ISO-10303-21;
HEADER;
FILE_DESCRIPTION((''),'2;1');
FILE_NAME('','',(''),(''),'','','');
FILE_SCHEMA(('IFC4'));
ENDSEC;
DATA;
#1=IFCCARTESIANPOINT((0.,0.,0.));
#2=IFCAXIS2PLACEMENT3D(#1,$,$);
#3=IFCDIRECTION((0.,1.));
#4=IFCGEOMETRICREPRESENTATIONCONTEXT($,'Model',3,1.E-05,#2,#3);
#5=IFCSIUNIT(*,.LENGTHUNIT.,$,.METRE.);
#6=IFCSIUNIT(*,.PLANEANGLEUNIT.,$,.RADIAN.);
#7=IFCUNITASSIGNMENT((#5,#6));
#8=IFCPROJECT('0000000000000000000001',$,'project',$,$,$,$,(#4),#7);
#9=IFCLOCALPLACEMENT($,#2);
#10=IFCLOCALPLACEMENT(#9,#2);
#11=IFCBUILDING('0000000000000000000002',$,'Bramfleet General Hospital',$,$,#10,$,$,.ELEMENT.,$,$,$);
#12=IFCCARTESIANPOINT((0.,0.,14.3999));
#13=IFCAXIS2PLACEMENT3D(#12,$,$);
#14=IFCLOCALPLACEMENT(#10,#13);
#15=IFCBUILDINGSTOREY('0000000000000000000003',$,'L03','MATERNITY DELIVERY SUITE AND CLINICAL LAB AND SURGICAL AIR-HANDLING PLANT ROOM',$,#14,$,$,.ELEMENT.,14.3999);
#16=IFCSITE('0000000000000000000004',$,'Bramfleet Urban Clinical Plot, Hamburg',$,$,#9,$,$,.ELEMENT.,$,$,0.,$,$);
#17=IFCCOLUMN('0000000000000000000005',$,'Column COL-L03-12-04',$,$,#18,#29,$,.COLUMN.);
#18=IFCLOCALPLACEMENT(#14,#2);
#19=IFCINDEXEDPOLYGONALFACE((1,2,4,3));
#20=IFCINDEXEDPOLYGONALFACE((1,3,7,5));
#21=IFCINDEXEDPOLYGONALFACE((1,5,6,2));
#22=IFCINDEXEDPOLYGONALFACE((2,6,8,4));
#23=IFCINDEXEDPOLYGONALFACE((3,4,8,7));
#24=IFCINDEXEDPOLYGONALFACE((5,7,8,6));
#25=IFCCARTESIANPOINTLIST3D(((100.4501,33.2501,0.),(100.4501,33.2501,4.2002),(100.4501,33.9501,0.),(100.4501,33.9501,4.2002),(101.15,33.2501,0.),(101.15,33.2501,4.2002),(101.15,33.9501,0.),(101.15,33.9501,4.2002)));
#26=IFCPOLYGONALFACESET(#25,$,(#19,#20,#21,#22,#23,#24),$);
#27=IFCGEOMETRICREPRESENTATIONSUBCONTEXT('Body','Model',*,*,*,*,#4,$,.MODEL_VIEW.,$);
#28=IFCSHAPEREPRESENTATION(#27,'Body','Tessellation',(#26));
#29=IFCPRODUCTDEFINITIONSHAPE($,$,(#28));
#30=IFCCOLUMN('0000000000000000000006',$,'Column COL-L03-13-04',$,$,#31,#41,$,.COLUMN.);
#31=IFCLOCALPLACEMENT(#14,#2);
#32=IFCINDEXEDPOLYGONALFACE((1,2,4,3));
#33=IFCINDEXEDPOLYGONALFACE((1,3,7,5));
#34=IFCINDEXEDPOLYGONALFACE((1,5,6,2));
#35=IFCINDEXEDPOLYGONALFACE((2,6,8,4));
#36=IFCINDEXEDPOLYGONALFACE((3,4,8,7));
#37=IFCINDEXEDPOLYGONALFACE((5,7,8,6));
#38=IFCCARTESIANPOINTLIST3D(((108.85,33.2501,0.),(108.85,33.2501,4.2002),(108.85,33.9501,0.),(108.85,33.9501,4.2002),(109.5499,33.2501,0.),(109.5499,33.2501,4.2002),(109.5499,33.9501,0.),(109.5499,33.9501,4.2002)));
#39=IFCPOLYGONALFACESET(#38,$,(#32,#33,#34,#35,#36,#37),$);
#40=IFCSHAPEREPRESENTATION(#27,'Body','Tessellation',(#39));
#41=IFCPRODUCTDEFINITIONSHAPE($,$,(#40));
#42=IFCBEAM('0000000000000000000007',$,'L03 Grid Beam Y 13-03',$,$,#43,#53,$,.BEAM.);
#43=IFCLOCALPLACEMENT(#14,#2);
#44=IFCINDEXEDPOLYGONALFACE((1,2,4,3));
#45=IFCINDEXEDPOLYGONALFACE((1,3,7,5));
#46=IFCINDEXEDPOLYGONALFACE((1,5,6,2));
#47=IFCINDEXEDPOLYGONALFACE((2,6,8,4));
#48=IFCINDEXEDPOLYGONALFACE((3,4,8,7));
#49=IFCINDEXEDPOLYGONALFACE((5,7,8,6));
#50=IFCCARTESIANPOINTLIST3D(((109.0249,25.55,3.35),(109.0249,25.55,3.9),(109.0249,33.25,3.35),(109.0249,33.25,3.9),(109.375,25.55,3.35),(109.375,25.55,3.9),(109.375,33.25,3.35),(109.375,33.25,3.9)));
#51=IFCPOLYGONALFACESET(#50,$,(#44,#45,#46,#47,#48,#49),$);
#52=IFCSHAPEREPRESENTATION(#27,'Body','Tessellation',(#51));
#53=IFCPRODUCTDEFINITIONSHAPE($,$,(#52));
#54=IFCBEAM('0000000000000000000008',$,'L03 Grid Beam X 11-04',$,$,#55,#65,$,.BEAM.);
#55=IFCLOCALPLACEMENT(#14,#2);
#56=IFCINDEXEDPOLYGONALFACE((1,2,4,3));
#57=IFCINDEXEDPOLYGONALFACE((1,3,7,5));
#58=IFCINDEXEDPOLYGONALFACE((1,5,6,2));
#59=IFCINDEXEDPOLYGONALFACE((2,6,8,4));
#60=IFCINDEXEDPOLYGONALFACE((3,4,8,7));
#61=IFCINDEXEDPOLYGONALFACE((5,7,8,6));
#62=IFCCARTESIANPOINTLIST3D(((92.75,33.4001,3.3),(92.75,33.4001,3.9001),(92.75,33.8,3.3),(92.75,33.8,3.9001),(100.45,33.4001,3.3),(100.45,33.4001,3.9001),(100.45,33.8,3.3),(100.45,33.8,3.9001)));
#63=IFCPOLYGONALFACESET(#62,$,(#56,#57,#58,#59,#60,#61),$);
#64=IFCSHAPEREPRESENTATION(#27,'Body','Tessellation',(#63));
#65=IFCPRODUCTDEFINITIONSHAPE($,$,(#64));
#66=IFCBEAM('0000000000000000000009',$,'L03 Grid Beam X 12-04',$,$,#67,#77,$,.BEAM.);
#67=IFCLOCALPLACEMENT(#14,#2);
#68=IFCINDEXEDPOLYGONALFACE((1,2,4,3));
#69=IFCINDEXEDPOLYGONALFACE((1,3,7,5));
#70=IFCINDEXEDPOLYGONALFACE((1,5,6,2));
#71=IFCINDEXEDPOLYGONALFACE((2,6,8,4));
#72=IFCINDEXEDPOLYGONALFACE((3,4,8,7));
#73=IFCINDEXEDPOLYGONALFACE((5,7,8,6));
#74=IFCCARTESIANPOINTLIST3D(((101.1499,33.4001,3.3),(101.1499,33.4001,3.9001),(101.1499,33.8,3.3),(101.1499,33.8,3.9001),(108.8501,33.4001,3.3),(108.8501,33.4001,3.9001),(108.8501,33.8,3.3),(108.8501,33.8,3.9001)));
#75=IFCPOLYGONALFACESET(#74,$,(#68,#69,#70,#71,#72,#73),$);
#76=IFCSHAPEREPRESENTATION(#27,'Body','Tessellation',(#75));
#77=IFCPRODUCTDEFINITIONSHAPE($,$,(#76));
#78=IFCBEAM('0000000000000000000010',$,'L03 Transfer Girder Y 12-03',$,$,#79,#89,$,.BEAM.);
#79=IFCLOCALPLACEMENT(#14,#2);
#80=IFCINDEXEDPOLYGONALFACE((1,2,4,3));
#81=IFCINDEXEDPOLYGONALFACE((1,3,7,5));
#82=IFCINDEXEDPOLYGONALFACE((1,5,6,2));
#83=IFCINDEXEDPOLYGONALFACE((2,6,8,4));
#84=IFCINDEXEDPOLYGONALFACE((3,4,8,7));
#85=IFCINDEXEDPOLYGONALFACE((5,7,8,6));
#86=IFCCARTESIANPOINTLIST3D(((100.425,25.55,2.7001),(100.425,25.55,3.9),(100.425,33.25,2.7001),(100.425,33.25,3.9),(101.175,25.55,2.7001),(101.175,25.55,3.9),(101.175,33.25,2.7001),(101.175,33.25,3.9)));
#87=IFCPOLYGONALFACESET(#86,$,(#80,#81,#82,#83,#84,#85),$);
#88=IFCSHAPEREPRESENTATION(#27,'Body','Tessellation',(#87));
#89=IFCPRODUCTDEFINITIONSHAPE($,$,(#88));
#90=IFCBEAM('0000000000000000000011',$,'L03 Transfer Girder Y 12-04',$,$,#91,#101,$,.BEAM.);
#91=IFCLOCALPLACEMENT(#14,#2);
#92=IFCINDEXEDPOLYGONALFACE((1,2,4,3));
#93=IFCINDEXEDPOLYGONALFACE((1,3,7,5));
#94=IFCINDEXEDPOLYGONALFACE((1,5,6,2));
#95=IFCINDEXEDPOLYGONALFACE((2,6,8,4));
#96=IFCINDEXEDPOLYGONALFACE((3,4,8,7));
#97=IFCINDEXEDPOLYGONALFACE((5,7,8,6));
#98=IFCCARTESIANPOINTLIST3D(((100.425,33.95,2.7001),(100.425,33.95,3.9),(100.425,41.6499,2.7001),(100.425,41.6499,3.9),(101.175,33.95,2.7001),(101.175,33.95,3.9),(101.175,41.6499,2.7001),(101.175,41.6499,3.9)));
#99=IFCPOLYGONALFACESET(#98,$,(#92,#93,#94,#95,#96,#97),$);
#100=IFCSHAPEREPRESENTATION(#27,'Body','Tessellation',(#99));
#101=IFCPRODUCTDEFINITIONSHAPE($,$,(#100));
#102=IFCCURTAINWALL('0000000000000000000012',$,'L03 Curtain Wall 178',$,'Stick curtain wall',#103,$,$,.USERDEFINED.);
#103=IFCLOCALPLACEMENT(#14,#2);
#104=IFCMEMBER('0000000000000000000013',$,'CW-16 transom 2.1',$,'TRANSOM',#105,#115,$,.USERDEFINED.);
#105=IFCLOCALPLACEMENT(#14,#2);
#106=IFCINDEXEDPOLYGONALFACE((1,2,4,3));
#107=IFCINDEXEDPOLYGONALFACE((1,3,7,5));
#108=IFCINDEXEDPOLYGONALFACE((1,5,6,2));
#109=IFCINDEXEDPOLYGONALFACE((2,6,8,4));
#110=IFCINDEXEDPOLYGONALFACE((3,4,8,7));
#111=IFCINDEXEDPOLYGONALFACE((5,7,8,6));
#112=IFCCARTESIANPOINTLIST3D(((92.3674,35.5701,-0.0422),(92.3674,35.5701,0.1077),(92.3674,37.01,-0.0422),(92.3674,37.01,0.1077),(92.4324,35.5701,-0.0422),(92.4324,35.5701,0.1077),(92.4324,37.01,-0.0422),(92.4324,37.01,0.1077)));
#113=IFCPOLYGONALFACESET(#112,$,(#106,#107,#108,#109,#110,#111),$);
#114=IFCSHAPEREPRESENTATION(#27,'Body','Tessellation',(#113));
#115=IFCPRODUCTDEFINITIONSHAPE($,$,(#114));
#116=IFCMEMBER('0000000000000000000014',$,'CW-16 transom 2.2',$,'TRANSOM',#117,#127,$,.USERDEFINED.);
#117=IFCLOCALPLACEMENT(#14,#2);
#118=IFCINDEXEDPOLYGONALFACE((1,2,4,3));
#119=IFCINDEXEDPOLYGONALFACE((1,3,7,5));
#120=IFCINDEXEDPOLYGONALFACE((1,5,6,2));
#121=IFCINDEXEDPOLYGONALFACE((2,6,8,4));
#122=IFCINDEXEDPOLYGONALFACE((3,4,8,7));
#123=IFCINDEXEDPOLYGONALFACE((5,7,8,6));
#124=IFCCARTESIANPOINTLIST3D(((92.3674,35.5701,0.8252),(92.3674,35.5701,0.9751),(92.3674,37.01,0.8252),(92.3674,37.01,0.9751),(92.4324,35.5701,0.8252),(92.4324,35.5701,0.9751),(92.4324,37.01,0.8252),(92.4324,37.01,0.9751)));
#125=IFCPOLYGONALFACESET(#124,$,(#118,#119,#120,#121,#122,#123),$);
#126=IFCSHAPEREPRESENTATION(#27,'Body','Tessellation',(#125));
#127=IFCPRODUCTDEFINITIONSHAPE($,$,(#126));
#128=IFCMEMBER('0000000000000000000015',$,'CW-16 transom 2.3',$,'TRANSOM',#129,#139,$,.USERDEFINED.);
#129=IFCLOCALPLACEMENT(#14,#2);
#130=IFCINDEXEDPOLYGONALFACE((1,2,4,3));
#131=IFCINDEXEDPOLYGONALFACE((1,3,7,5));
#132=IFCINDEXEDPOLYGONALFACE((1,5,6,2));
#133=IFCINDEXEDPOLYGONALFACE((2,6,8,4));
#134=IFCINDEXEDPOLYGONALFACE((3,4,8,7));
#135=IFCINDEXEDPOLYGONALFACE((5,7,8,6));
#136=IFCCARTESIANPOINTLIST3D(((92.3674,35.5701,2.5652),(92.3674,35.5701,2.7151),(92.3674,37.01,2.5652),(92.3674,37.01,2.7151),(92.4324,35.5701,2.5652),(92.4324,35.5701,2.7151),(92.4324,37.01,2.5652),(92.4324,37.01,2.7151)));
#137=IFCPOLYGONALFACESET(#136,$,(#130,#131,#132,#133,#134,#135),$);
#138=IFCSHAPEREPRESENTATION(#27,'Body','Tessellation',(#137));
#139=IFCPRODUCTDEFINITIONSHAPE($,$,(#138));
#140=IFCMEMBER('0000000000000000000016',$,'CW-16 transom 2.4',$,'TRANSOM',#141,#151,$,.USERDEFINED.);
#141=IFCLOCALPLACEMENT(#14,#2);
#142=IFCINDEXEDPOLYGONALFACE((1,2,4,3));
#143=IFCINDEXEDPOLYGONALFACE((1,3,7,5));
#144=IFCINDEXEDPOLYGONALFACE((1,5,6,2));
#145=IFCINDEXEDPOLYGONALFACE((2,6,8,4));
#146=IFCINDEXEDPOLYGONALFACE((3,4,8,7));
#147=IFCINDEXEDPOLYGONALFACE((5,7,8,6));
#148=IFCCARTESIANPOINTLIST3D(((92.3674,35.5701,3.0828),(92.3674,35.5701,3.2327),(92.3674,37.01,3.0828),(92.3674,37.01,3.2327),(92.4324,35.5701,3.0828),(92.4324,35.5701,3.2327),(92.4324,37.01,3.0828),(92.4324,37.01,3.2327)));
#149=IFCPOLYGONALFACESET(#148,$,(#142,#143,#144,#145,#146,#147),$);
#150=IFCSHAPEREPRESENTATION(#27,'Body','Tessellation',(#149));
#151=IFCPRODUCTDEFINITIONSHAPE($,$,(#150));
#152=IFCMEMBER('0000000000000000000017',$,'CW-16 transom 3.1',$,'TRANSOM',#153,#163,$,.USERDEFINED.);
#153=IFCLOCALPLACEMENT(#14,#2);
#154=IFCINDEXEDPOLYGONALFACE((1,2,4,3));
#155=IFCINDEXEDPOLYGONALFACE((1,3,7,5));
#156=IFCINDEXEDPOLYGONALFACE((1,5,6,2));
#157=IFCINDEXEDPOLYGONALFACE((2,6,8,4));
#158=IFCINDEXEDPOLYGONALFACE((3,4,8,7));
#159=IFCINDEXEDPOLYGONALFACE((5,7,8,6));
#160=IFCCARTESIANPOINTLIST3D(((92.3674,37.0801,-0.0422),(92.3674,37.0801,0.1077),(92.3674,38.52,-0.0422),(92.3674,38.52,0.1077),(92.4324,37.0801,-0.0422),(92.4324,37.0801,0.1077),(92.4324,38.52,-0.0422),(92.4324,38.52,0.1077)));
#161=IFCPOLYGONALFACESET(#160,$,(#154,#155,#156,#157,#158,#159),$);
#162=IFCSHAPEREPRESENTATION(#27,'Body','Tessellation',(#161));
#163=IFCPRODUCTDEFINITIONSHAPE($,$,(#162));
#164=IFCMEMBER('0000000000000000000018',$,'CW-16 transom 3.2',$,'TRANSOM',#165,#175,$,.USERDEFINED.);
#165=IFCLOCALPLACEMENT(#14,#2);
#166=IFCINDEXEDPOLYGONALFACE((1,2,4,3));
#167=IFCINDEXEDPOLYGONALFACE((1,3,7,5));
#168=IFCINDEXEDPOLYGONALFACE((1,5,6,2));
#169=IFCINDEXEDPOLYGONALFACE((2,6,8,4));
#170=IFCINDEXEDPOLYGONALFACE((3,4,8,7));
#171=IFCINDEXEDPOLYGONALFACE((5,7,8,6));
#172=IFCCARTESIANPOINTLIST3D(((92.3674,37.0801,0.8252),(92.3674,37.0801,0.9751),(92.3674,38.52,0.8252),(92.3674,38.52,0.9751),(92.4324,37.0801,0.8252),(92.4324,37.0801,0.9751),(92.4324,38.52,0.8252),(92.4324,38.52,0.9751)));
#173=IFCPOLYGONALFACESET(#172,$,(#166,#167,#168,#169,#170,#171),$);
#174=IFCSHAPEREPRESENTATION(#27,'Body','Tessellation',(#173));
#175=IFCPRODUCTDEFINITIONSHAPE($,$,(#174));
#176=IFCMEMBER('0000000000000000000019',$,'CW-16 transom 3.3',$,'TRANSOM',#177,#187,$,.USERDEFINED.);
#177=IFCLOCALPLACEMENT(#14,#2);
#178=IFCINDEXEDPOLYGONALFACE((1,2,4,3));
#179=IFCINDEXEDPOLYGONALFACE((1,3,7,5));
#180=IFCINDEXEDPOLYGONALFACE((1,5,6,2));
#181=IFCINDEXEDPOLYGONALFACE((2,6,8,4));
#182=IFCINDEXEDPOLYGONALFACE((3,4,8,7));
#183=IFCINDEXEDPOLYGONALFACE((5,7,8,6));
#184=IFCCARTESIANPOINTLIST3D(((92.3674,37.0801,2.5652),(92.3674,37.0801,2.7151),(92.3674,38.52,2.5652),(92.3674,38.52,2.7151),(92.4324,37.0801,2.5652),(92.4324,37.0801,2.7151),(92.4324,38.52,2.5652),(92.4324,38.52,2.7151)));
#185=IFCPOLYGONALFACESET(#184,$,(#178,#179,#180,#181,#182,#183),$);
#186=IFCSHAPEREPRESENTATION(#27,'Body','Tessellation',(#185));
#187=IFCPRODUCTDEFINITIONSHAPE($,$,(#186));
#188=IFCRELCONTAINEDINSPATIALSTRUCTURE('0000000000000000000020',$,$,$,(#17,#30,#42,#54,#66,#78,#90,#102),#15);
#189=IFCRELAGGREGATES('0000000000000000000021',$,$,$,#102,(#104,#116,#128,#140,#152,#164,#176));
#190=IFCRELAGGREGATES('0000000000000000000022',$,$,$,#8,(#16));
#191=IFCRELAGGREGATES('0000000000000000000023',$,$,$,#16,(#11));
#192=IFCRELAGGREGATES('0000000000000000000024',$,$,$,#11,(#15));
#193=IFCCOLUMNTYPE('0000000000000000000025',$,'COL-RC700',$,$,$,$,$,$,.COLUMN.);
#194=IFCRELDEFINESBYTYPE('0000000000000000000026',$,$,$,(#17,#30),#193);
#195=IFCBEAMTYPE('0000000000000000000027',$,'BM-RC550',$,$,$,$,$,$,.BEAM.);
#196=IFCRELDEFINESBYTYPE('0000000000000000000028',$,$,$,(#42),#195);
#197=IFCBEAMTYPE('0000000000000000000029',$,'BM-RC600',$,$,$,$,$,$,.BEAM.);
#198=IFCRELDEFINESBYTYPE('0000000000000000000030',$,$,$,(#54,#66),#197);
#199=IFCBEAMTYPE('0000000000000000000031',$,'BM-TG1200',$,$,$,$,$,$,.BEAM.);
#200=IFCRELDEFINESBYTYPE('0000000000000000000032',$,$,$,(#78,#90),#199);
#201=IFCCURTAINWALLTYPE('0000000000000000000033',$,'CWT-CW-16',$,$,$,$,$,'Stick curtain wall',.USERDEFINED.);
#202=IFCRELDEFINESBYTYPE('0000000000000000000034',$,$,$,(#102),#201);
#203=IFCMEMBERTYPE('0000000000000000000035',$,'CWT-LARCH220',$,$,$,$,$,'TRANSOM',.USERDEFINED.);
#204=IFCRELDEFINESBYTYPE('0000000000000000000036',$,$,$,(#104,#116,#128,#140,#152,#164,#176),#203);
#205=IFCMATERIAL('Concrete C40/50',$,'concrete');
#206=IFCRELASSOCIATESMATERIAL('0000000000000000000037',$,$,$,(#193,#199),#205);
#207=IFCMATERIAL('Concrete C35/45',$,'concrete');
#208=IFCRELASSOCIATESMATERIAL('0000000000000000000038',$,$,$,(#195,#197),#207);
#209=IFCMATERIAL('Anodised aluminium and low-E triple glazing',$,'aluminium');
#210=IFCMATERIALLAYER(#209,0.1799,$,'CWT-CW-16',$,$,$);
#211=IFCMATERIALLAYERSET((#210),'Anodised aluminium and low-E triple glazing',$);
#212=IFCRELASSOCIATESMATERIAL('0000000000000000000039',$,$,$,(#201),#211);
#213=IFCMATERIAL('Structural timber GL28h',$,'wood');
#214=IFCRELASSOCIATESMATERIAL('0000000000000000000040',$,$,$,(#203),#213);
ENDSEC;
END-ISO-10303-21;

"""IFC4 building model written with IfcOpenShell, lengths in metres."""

from ifc_helpers import new_model, si_unit, direction, frame, origin, origin_2d, place, context, subcontext, project, spatial, rectangle, extrude, material, layer, layer_set, material_profile, profile_set, type_object, element, aggregate, save


model = new_model("IFC4")

# Units and contexts
model_context = context("Model", 3, precision=1e-05, world=origin(), true_north=direction((0.0, 1.0)))
body_context = subcontext(model_context, "Body", "Model", "MODEL_VIEW")
ifc_project = project(units=[si_unit("LENGTHUNIT", "METRE"), si_unit("PLANEANGLEUNIT", "RADIAN")], contexts=[model_context])

# Site, building, storey
site_placement = place(None, origin())
site = spatial("IfcSite", under=ifc_project, at=site_placement, Name="Bramfleet Urban Clinical Plot, Hamburg", CompositionType="ELEMENT", RefElevation=0.0)
building_placement = place(site_placement, origin())
building = spatial("IfcBuilding", under=site, at=building_placement, Name="Bramfleet General Hospital", CompositionType="ELEMENT")
storey_placement = place(building_placement, frame((0.0, 0.0, 14.3999)))
storey = spatial("IfcBuildingStorey", under=building, at=storey_placement, Name="L03", Description="MATERNITY DELIVERY SUITE AND CLINICAL LAB AND SURGICAL AIR-HANDLING PLANT ROOM", CompositionType="ELEMENT", Elevation=14.3999)

# Columns
ifc_material_1 = material(Name="Concrete C40/50", Category="concrete")
ifc_material_profile_1 = material_profile(ifc_material_1, rectangle(XDim=0.7, YDim=0.7, at=origin_2d()), Name="RC COL 700x700")
ifc_profile_set_1 = profile_set([ifc_material_profile_1], Name="Concrete C40/50")
column_type = type_object("IfcColumnType", Name="COL-RC700", PredefinedType="COLUMN", material=ifc_profile_set_1)
for number, where, z_axis, x_axis, name in (
    (1, (100.8, 33.6001, 0.0), (0.0, 0.0, 1.0), (1.0, 0.0, 0.0), "Column COL-L03-12-04"),
    (2, (109.2, 33.6001, 0.0), (0.0, 0.0, 1.0), (1.0, 0.0, 0.0), "Column COL-L03-13-04"),
):
    element("IfcColumn", number, at=place(storey_placement, frame(where, z_axis=z_axis, x_axis=x_axis)), inside=storey, type_object=column_type, Name=name, PredefinedType="COLUMN", context=body_context, shape_type="SweptSolid", body=[
        extrude(rectangle(XDim=0.7, YDim=0.7, at=origin_2d()), origin(), (0.0, 0.0, 1.0), 4.2002),
    ])

# Beams
ifc_material_2 = material(Name="Concrete C35/45", Category="concrete")
ifc_material_profile_2 = material_profile(ifc_material_2, rectangle(XDim=0.3501, YDim=0.55, at=origin_2d()), Name="RC BM 550x350")
ifc_profile_set_2 = profile_set([ifc_material_profile_2], Name="Concrete C35/45")
beam_type_1 = type_object("IfcBeamType", Name="BM-RC550", PredefinedType="BEAM", material=ifc_profile_set_2)
beam_1_placement = place(storey_placement, frame((109.2, 25.55, 3.625), z_axis=(0.0, 1.0, 0.0), x_axis=(-1.0, 0.0, 0.0)))
element("IfcBeam", 3, at=beam_1_placement, inside=storey, type_object=beam_type_1, Name="L03 Grid Beam Y 13-03", PredefinedType="BEAM", context=body_context, shape_type="SweptSolid", body=[
    extrude(rectangle(XDim=0.3501, YDim=0.55, at=origin_2d()), origin(), (0.0, 0.0, 1.0), 7.7),
])
ifc_material_profile_3 = material_profile(ifc_material_2, rectangle(XDim=0.3999, YDim=0.6001, at=origin_2d()), Name="RC BM 600x400")
ifc_profile_set_3 = profile_set([ifc_material_profile_3], Name="Concrete C35/45")
beam_type_2 = type_object("IfcBeamType", Name="BM-RC600", PredefinedType="BEAM", material=ifc_profile_set_3)
beam_2_placement = place(storey_placement, frame((92.75, 33.6001, 3.6001), z_axis=(1.0, 0.0, 0.0), x_axis=(0.0, 1.0, 0.0)))
element("IfcBeam", 4, at=beam_2_placement, inside=storey, type_object=beam_type_2, Name="L03 Grid Beam X 11-04", PredefinedType="BEAM", context=body_context, shape_type="SweptSolid", body=[
    extrude(rectangle(XDim=0.3999, YDim=0.6001, at=origin_2d()), origin(), (0.0, 0.0, 1.0), 7.7),
])
beam_3_placement = place(storey_placement, frame((101.1499, 33.6001, 3.6001), z_axis=(1.0, 0.0, 0.0), x_axis=(0.0, 1.0, 0.0)))
element("IfcBeam", 5, at=beam_3_placement, inside=storey, type_object=beam_type_2, Name="L03 Grid Beam X 12-04", PredefinedType="BEAM", context=body_context, shape_type="SweptSolid", body=[
    extrude(rectangle(XDim=0.3999, YDim=0.6001, at=origin_2d()), origin(), (0.0, 0.0, 1.0), 7.7002),
])
ifc_material_profile_4 = material_profile(ifc_material_1, rectangle(XDim=0.75, YDim=1.2, at=origin_2d()), Name="RC TG 1200x750")
ifc_profile_set_4 = profile_set([ifc_material_profile_4], Name="Concrete C40/50")
beam_type_3 = type_object("IfcBeamType", Name="BM-TG1200", PredefinedType="BEAM", material=ifc_profile_set_4)
for number, where, z_axis, x_axis, name in (
    (6, (100.8, 25.55, 3.3), (0.0, 1.0, 0.0), (-1.0, 0.0, 0.0), "L03 Transfer Girder Y 12-03"),
    (7, (100.8, 33.95, 3.3), (0.0, 1.0, 0.0), (-1.0, 0.0, 0.0), "L03 Transfer Girder Y 12-04"),
):
    element("IfcBeam", number, at=place(storey_placement, frame(where, z_axis=z_axis, x_axis=x_axis)), inside=storey, type_object=beam_type_3, Name=name, PredefinedType="BEAM", context=body_context, shape_type="SweptSolid", body=[
        extrude(rectangle(XDim=0.75, YDim=1.2, at=origin_2d()), origin(), (0.0, 0.0, 1.0), 7.7),
    ])

# Curtain wall, members
ifc_material_3 = material(Name="Anodised aluminium and low-E triple glazing", Category="aluminium")
ifc_layer_1 = layer(ifc_material_3, 0.1799, Name="CWT-CW-16")
ifc_layer_set_1 = layer_set([ifc_layer_1], Name="Anodised aluminium and low-E triple glazing")
curtain_wall_type = type_object("IfcCurtainWallType", Name="CWT-CW-16", ElementType="Stick curtain wall", PredefinedType="USERDEFINED", material=ifc_layer_set_1)
curtain_wall_placement = place(storey_placement, origin())
curtain_wall = element("IfcCurtainWall", 8, at=curtain_wall_placement, inside=storey, type_object=curtain_wall_type, Name="L03 Curtain Wall 178", ObjectType="Stick curtain wall", PredefinedType="USERDEFINED")
ifc_material_4 = material(Name="Structural timber GL28h", Category="wood")
ifc_material_profile_5 = material_profile(ifc_material_4, rectangle(XDim=0.0649, YDim=0.1499, at=origin_2d()), Name="LARCH 150x65")
ifc_profile_set_5 = profile_set([ifc_material_profile_5], Name="Structural timber GL28h")
member_type = type_object("IfcMemberType", Name="CWT-LARCH220", ElementType="TRANSOM", PredefinedType="USERDEFINED", material=ifc_profile_set_5)
member_1_placement = place(storey_placement, frame((92.3999, 35.5701, 0.0327), z_axis=(0.0, 1.0, 0.0), x_axis=(-1.0, 0.0, 0.0)))
member_1 = element("IfcMember", 9, at=member_1_placement, type_object=member_type, Name="CW-16 transom 2.1", ObjectType="TRANSOM", PredefinedType="USERDEFINED", context=body_context, shape_type="SweptSolid", body=[
    extrude(rectangle(XDim=0.0649, YDim=0.1499, at=origin_2d()), origin(), (0.0, 0.0, 1.0), 1.4399),
])
member_2_placement = place(storey_placement, frame((92.3999, 35.5701, 0.9001), z_axis=(0.0, 1.0, 0.0), x_axis=(-1.0, 0.0, 0.0)))
member_2 = element("IfcMember", 10, at=member_2_placement, type_object=member_type, Name="CW-16 transom 2.2", ObjectType="TRANSOM", PredefinedType="USERDEFINED", context=body_context, shape_type="SweptSolid", body=[
    extrude(rectangle(XDim=0.0649, YDim=0.1499, at=origin_2d()), origin(), (0.0, 0.0, 1.0), 1.4399),
])
member_3_placement = place(storey_placement, frame((92.3999, 35.5701, 2.6401), z_axis=(0.0, 1.0, 0.0), x_axis=(-1.0, 0.0, 0.0)))
member_3 = element("IfcMember", 11, at=member_3_placement, type_object=member_type, Name="CW-16 transom 2.3", ObjectType="TRANSOM", PredefinedType="USERDEFINED", context=body_context, shape_type="SweptSolid", body=[
    extrude(rectangle(XDim=0.0649, YDim=0.1499, at=origin_2d()), origin(), (0.0, 0.0, 1.0), 1.4399),
])
member_4_placement = place(storey_placement, frame((92.3999, 35.5701, 3.1577), z_axis=(0.0, 1.0, 0.0), x_axis=(-1.0, 0.0, 0.0)))
member_4 = element("IfcMember", 12, at=member_4_placement, type_object=member_type, Name="CW-16 transom 2.4", ObjectType="TRANSOM", PredefinedType="USERDEFINED", context=body_context, shape_type="SweptSolid", body=[
    extrude(rectangle(XDim=0.0649, YDim=0.1499, at=origin_2d()), origin(), (0.0, 0.0, 1.0), 1.4399),
])
member_5_placement = place(storey_placement, frame((92.3999, 37.0801, 0.0327), z_axis=(0.0, 1.0, 0.0), x_axis=(-1.0, 0.0, 0.0)))
member_5 = element("IfcMember", 13, at=member_5_placement, type_object=member_type, Name="CW-16 transom 3.1", ObjectType="TRANSOM", PredefinedType="USERDEFINED", context=body_context, shape_type="SweptSolid", body=[
    extrude(rectangle(XDim=0.0649, YDim=0.1499, at=origin_2d()), origin(), (0.0, 0.0, 1.0), 1.4399),
])
member_6_placement = place(storey_placement, frame((92.3999, 37.0801, 0.9001), z_axis=(0.0, 1.0, 0.0), x_axis=(-1.0, 0.0, 0.0)))
member_6 = element("IfcMember", 14, at=member_6_placement, type_object=member_type, Name="CW-16 transom 3.2", ObjectType="TRANSOM", PredefinedType="USERDEFINED", context=body_context, shape_type="SweptSolid", body=[
    extrude(rectangle(XDim=0.0649, YDim=0.1499, at=origin_2d()), origin(), (0.0, 0.0, 1.0), 1.4399),
])
member_7_placement = place(storey_placement, frame((92.3999, 37.0801, 2.6401), z_axis=(0.0, 1.0, 0.0), x_axis=(-1.0, 0.0, 0.0)))
member_7 = element("IfcMember", 15, at=member_7_placement, type_object=member_type, Name="CW-16 transom 3.3", ObjectType="TRANSOM", PredefinedType="USERDEFINED", context=body_context, shape_type="SweptSolid", body=[
    extrude(rectangle(XDim=0.0649, YDim=0.1499, at=origin_2d()), origin(), (0.0, 0.0, 1.0), 1.4399),
])
aggregate(curtain_wall, [member_1, member_2, member_3, member_4, member_5, member_6, member_7])

save(model, "model.ifc")
